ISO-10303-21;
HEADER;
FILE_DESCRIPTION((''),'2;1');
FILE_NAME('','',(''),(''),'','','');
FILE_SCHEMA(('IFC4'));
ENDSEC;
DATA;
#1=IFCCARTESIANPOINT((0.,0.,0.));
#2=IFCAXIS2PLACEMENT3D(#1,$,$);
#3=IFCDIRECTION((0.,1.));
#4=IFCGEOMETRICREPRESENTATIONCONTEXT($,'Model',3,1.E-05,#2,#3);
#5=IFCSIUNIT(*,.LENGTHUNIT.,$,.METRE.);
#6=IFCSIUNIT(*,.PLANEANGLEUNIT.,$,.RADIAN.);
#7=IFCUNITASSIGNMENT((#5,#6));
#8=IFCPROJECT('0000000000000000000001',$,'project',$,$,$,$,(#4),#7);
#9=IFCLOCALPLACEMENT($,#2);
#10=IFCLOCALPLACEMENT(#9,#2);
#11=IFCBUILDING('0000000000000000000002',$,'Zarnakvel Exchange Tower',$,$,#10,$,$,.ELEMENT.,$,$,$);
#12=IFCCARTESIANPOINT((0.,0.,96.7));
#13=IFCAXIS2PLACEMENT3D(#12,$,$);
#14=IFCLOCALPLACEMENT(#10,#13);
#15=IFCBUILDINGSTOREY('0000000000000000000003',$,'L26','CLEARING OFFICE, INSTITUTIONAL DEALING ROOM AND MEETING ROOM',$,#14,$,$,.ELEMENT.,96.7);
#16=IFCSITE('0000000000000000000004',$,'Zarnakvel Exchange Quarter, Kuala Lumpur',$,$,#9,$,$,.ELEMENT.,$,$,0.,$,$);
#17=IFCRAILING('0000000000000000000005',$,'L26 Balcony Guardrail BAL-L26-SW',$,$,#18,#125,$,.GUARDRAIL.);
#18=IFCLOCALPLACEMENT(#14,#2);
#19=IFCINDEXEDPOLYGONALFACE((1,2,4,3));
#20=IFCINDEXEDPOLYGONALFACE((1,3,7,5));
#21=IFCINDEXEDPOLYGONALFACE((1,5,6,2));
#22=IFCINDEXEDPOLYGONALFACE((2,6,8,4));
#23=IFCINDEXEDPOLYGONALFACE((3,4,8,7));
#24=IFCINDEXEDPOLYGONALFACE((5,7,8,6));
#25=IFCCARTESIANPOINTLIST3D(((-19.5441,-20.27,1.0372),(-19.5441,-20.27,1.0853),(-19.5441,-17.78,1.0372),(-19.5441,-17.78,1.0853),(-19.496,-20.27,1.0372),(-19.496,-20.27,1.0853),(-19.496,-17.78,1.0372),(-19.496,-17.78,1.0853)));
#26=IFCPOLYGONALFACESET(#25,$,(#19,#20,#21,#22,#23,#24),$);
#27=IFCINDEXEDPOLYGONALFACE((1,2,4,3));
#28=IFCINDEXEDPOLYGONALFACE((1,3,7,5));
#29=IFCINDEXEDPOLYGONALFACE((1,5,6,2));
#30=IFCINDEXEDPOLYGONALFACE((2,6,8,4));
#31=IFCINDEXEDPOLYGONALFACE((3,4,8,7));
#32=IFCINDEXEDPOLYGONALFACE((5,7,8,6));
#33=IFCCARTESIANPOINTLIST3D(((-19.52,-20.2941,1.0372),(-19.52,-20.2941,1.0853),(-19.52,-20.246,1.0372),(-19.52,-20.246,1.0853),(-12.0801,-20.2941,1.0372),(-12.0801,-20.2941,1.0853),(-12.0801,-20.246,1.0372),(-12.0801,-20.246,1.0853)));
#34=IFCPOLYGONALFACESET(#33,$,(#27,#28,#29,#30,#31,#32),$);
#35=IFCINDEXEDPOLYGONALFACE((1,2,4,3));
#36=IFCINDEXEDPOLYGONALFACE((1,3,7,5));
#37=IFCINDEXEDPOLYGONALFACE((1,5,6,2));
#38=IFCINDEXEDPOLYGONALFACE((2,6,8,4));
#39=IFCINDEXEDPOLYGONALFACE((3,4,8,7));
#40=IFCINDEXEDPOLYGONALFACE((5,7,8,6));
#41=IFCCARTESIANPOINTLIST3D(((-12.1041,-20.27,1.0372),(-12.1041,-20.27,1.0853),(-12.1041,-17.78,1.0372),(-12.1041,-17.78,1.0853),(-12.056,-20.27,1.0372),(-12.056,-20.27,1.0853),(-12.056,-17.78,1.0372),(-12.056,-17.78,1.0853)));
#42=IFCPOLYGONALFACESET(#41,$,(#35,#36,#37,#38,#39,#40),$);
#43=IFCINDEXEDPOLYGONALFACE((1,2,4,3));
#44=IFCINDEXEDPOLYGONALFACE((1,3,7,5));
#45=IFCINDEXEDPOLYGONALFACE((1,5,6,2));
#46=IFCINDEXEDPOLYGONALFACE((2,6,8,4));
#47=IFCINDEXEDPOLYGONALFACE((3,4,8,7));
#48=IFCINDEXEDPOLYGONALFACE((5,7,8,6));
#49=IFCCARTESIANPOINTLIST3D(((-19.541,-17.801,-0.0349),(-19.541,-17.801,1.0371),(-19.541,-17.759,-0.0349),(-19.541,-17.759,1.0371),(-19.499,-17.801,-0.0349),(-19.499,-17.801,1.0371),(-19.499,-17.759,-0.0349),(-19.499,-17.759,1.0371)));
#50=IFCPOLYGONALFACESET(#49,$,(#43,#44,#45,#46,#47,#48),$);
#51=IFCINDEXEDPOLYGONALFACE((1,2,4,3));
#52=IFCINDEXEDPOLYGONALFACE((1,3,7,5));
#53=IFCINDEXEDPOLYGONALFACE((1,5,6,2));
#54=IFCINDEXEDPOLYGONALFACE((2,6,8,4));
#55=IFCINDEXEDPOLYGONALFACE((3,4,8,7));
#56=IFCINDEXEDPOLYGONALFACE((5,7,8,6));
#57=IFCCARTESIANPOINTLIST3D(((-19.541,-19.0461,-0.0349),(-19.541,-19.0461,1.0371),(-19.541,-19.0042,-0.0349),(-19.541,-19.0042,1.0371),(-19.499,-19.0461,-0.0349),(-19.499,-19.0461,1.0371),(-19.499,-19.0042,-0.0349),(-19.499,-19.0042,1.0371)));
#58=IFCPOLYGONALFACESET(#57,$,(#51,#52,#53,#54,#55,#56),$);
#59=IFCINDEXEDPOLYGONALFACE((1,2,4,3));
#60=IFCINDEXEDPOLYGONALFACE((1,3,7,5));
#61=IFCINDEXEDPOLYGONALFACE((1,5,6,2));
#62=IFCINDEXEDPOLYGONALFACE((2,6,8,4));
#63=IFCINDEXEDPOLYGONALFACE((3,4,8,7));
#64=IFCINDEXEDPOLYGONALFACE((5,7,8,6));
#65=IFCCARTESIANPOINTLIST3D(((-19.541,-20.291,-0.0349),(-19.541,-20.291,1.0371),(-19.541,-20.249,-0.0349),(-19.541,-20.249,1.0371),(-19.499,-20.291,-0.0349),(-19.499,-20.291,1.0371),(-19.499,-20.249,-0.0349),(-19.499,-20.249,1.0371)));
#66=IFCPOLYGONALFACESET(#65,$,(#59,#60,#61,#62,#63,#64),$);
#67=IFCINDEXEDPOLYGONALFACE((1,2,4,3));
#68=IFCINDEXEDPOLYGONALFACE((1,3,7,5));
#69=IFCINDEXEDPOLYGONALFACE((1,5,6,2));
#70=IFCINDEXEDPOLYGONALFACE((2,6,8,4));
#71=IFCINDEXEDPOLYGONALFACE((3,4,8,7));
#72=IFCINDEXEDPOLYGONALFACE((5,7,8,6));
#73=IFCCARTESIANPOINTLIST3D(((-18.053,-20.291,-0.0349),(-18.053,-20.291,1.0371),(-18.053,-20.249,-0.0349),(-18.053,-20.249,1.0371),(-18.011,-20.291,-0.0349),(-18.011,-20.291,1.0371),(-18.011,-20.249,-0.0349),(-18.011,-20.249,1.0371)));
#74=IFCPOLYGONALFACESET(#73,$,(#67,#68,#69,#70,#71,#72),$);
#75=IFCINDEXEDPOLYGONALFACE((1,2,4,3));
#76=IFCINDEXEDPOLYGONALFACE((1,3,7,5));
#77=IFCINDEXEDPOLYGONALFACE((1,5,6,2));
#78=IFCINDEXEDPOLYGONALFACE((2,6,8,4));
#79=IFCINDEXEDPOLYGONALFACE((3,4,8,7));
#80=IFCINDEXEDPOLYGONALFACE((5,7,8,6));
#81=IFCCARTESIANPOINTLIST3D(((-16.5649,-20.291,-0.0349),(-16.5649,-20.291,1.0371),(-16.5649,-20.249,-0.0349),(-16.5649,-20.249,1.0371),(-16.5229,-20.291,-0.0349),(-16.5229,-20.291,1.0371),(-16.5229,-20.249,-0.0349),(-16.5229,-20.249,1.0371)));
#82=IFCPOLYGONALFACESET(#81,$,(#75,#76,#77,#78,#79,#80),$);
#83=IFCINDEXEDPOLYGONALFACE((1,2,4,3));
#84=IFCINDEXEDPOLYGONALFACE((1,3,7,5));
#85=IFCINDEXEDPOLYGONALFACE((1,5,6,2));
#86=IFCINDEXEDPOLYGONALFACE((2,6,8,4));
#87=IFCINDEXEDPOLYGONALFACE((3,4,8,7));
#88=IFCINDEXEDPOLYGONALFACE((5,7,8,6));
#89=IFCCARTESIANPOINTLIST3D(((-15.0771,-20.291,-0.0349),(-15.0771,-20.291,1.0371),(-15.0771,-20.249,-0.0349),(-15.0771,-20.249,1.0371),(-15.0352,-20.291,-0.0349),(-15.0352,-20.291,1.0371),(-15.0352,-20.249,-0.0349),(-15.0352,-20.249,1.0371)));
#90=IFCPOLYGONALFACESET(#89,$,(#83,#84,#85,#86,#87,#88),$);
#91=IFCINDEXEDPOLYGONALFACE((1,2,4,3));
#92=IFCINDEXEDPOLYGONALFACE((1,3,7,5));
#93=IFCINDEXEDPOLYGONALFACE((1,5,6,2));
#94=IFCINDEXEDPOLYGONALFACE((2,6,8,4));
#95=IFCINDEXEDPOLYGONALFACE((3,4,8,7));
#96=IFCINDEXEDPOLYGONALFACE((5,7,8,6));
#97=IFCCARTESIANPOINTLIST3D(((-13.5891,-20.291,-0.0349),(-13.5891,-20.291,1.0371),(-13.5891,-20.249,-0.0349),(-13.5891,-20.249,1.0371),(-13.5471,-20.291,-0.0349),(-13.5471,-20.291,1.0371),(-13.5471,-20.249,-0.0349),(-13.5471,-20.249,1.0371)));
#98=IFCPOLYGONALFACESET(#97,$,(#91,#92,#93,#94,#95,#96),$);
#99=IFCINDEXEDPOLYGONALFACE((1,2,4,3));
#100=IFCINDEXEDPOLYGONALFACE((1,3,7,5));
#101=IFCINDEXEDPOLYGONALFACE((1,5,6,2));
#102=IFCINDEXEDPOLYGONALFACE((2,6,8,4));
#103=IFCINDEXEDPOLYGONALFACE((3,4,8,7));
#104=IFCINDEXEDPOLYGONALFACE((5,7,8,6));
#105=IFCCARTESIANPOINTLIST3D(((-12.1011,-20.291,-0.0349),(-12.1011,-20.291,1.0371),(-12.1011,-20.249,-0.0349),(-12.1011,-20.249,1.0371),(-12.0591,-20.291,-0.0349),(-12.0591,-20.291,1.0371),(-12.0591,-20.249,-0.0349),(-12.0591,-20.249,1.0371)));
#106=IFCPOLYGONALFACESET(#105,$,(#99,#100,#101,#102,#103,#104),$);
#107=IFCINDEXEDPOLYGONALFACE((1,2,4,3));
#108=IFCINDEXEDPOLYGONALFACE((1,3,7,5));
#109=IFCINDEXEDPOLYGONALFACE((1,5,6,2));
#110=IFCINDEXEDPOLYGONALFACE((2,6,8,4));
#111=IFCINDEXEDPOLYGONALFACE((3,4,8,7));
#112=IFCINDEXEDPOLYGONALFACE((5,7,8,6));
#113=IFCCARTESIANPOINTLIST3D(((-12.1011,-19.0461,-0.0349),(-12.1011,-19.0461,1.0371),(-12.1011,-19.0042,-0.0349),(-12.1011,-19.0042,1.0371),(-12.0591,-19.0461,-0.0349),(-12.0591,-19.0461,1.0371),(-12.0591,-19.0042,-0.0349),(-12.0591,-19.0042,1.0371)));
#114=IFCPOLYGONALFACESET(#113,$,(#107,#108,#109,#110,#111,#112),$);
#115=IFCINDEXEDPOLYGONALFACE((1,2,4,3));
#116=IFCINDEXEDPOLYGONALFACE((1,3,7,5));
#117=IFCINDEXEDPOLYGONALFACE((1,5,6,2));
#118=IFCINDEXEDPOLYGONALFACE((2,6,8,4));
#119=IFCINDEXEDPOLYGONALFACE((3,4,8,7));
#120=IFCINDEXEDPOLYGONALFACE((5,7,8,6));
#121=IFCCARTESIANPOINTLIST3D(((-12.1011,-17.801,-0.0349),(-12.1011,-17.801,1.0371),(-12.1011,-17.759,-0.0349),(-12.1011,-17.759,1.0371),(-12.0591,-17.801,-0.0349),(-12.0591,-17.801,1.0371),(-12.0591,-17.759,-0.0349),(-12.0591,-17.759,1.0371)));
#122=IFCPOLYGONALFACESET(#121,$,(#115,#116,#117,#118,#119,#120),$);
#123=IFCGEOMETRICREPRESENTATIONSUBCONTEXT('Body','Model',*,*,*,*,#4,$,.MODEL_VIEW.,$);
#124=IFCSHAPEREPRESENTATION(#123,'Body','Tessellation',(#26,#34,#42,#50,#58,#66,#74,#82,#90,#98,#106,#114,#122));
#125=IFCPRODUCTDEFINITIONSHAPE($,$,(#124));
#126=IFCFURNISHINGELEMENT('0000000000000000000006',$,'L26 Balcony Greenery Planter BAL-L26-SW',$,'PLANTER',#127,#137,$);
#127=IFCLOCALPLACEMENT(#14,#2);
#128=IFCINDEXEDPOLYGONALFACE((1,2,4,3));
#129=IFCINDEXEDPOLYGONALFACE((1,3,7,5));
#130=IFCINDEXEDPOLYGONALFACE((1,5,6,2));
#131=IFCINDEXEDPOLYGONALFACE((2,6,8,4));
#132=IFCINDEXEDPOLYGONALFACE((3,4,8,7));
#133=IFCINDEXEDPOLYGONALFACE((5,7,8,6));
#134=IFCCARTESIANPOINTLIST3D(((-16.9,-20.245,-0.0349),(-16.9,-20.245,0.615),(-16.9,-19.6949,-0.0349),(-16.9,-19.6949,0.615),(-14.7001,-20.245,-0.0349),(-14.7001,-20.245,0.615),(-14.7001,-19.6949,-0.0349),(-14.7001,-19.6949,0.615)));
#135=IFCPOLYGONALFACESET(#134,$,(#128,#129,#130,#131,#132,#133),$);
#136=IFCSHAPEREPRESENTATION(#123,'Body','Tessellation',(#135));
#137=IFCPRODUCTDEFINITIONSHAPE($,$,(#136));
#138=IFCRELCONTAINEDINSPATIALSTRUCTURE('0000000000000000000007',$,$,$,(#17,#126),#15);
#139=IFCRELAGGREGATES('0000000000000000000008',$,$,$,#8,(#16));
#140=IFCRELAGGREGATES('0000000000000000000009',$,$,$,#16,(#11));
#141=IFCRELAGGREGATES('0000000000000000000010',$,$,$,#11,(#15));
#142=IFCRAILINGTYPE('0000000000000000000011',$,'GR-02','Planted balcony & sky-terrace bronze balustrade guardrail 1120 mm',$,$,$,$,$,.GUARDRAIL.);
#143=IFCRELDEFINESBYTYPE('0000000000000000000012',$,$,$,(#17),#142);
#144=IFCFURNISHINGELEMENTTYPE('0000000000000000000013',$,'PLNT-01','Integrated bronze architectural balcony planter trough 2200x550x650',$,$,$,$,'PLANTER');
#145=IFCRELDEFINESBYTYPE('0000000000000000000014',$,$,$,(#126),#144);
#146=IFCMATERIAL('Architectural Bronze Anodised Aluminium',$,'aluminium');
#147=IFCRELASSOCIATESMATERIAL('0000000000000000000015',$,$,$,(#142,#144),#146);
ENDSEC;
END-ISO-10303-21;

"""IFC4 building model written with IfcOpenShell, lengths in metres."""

from ifc_helpers import new_model, si_unit, direction, frame, origin, origin_2d, place, context, subcontext, project, spatial, rectangle, extrude, source, transform, mapped, material, type_object, element, save


model = new_model("IFC4")

# Units and contexts
model_context = context("Model", 3, precision=1e-05, world=origin(), true_north=direction((0.0, 1.0)))
body_context = subcontext(model_context, "Body", "Model", "MODEL_VIEW")
ifc_project = project(units=[si_unit("LENGTHUNIT", "METRE"), si_unit("PLANEANGLEUNIT", "RADIAN")], contexts=[model_context])

# Site, building, storey
site_placement = place(None, origin())
site = spatial("IfcSite", under=ifc_project, at=site_placement, Name="Zarnakvel Exchange Quarter, Kuala Lumpur", CompositionType="ELEMENT", RefElevation=0.0)
building_placement = place(site_placement, origin())
building = spatial("IfcBuilding", under=site, at=building_placement, Name="Zarnakvel Exchange Tower", CompositionType="ELEMENT")
storey_placement = place(building_placement, frame((0.0, 0.0, 96.7)))
storey = spatial("IfcBuildingStorey", under=building, at=storey_placement, Name="L26", Description="CLEARING OFFICE, INSTITUTIONAL DEALING ROOM AND MEETING ROOM", CompositionType="ELEMENT", Elevation=96.7)

# Railing
ifc_material_1 = material(Name="Architectural Bronze Anodised Aluminium", Category="aluminium")
railing_type = type_object("IfcRailingType", Name="GR-02", Description="Planted balcony & sky-terrace bronze balustrade guardrail 1120 mm", PredefinedType="GUARDRAIL", material=ifc_material_1)
railing_placement = place(storey_placement, frame((-19.52, -17.78, -0.0349)))
element("IfcRailing", 1, at=railing_placement, inside=storey, type_object=railing_type, Name="L26 Balcony Guardrail BAL-L26-SW", PredefinedType="GUARDRAIL", context=body_context, shape_type="SweptSolid", body=[
    extrude(rectangle(XDim=0.0481, YDim=0.0481, at=origin_2d()), frame((0.0, 0.0, 1.0962), z_axis=(0.0, -1.0, 0.0), x_axis=(1.0, 0.0, 0.0)), (0.0, 0.0, 1.0), 2.49),
    extrude(rectangle(XDim=0.0481, YDim=0.0481, at=origin_2d()), frame((0.0, -2.49, 1.0962), z_axis=(1.0, 0.0, 0.0), x_axis=(0.0, 1.0, 0.0)), (0.0, 0.0, 1.0), 7.4399),
    extrude(rectangle(XDim=0.0481, YDim=0.0481, at=origin_2d()), frame((7.4399, -2.49, 1.0962), z_axis=(0.0, 1.0, 0.0), x_axis=(-1.0, 0.0, 0.0)), (0.0, 0.0, 1.0), 2.49),
    extrude(rectangle(XDim=0.042, YDim=0.042, at=origin_2d()), origin(), (0.0, 0.0, 1.0), 1.072),
    extrude(rectangle(XDim=0.042, YDim=0.042, at=origin_2d()), frame((0.0, -1.2451, 0.0)), (0.0, 0.0, 1.0), 1.072),
    extrude(rectangle(XDim=0.042, YDim=0.042, at=origin_2d()), frame((0.0, -2.49, 0.0)), (0.0, 0.0, 1.0), 1.072),
    extrude(rectangle(XDim=0.042, YDim=0.042, at=origin_2d()), frame((1.488, -2.49, 0.0)), (0.0, 0.0, 1.0), 1.072),
    extrude(rectangle(XDim=0.042, YDim=0.042, at=origin_2d()), frame((2.9761, -2.49, 0.0)), (0.0, 0.0, 1.0), 1.072),
    extrude(rectangle(XDim=0.042, YDim=0.042, at=origin_2d()), frame((4.4639, -2.49, 0.0)), (0.0, 0.0, 1.0), 1.072),
    extrude(rectangle(XDim=0.042, YDim=0.042, at=origin_2d()), frame((5.9519, -2.49, 0.0)), (0.0, 0.0, 1.0), 1.072),
    extrude(rectangle(XDim=0.042, YDim=0.042, at=origin_2d()), frame((7.4399, -2.49, 0.0)), (0.0, 0.0, 1.0), 1.072),
    extrude(rectangle(XDim=0.042, YDim=0.042, at=origin_2d()), frame((7.4399, -1.2451, 0.0)), (0.0, 0.0, 1.0), 1.072),
    extrude(rectangle(XDim=0.042, YDim=0.042, at=origin_2d()), frame((7.4399, 0.0, 0.0)), (0.0, 0.0, 1.0), 1.072),
])

# Furnishing element
furnishing_element_type = type_object("IfcFurnishingElementType", Name="PLNT-01", Description="Integrated bronze architectural balcony planter trough 2200x550x650", ElementType="PLANTER", material=ifc_material_1)
shared_shape = source(origin(), body_context, "Body", "SweptSolid", [
    extrude(rectangle(XDim=2.2, YDim=0.55, at=origin_2d()), origin(), (0.0, 0.0, 1.0), 0.6499),
])
furnishing_placement = place(storey_placement, frame((-15.8, -19.97, -0.0349), z_axis=(0.0, 0.0, 1.0), x_axis=(1.0, 0.0, 0.0)))
element("IfcFurnishingElement", 2, at=furnishing_placement, inside=storey, type_object=furnishing_element_type, Name="L26 Balcony Greenery Planter BAL-L26-SW", ObjectType="PLANTER", context=body_context, shape_type="MappedRepresentation", body=[
    mapped(shared_shape, transform((0.0, 0.0, 0.0), x_axis=(1.0, 0.0, 0.0), y_axis=(0.0, 1.0, 0.0), z_axis=(0.0, 0.0, 1.0), scale=1.0)),
])

save(model, "model.ifc")
